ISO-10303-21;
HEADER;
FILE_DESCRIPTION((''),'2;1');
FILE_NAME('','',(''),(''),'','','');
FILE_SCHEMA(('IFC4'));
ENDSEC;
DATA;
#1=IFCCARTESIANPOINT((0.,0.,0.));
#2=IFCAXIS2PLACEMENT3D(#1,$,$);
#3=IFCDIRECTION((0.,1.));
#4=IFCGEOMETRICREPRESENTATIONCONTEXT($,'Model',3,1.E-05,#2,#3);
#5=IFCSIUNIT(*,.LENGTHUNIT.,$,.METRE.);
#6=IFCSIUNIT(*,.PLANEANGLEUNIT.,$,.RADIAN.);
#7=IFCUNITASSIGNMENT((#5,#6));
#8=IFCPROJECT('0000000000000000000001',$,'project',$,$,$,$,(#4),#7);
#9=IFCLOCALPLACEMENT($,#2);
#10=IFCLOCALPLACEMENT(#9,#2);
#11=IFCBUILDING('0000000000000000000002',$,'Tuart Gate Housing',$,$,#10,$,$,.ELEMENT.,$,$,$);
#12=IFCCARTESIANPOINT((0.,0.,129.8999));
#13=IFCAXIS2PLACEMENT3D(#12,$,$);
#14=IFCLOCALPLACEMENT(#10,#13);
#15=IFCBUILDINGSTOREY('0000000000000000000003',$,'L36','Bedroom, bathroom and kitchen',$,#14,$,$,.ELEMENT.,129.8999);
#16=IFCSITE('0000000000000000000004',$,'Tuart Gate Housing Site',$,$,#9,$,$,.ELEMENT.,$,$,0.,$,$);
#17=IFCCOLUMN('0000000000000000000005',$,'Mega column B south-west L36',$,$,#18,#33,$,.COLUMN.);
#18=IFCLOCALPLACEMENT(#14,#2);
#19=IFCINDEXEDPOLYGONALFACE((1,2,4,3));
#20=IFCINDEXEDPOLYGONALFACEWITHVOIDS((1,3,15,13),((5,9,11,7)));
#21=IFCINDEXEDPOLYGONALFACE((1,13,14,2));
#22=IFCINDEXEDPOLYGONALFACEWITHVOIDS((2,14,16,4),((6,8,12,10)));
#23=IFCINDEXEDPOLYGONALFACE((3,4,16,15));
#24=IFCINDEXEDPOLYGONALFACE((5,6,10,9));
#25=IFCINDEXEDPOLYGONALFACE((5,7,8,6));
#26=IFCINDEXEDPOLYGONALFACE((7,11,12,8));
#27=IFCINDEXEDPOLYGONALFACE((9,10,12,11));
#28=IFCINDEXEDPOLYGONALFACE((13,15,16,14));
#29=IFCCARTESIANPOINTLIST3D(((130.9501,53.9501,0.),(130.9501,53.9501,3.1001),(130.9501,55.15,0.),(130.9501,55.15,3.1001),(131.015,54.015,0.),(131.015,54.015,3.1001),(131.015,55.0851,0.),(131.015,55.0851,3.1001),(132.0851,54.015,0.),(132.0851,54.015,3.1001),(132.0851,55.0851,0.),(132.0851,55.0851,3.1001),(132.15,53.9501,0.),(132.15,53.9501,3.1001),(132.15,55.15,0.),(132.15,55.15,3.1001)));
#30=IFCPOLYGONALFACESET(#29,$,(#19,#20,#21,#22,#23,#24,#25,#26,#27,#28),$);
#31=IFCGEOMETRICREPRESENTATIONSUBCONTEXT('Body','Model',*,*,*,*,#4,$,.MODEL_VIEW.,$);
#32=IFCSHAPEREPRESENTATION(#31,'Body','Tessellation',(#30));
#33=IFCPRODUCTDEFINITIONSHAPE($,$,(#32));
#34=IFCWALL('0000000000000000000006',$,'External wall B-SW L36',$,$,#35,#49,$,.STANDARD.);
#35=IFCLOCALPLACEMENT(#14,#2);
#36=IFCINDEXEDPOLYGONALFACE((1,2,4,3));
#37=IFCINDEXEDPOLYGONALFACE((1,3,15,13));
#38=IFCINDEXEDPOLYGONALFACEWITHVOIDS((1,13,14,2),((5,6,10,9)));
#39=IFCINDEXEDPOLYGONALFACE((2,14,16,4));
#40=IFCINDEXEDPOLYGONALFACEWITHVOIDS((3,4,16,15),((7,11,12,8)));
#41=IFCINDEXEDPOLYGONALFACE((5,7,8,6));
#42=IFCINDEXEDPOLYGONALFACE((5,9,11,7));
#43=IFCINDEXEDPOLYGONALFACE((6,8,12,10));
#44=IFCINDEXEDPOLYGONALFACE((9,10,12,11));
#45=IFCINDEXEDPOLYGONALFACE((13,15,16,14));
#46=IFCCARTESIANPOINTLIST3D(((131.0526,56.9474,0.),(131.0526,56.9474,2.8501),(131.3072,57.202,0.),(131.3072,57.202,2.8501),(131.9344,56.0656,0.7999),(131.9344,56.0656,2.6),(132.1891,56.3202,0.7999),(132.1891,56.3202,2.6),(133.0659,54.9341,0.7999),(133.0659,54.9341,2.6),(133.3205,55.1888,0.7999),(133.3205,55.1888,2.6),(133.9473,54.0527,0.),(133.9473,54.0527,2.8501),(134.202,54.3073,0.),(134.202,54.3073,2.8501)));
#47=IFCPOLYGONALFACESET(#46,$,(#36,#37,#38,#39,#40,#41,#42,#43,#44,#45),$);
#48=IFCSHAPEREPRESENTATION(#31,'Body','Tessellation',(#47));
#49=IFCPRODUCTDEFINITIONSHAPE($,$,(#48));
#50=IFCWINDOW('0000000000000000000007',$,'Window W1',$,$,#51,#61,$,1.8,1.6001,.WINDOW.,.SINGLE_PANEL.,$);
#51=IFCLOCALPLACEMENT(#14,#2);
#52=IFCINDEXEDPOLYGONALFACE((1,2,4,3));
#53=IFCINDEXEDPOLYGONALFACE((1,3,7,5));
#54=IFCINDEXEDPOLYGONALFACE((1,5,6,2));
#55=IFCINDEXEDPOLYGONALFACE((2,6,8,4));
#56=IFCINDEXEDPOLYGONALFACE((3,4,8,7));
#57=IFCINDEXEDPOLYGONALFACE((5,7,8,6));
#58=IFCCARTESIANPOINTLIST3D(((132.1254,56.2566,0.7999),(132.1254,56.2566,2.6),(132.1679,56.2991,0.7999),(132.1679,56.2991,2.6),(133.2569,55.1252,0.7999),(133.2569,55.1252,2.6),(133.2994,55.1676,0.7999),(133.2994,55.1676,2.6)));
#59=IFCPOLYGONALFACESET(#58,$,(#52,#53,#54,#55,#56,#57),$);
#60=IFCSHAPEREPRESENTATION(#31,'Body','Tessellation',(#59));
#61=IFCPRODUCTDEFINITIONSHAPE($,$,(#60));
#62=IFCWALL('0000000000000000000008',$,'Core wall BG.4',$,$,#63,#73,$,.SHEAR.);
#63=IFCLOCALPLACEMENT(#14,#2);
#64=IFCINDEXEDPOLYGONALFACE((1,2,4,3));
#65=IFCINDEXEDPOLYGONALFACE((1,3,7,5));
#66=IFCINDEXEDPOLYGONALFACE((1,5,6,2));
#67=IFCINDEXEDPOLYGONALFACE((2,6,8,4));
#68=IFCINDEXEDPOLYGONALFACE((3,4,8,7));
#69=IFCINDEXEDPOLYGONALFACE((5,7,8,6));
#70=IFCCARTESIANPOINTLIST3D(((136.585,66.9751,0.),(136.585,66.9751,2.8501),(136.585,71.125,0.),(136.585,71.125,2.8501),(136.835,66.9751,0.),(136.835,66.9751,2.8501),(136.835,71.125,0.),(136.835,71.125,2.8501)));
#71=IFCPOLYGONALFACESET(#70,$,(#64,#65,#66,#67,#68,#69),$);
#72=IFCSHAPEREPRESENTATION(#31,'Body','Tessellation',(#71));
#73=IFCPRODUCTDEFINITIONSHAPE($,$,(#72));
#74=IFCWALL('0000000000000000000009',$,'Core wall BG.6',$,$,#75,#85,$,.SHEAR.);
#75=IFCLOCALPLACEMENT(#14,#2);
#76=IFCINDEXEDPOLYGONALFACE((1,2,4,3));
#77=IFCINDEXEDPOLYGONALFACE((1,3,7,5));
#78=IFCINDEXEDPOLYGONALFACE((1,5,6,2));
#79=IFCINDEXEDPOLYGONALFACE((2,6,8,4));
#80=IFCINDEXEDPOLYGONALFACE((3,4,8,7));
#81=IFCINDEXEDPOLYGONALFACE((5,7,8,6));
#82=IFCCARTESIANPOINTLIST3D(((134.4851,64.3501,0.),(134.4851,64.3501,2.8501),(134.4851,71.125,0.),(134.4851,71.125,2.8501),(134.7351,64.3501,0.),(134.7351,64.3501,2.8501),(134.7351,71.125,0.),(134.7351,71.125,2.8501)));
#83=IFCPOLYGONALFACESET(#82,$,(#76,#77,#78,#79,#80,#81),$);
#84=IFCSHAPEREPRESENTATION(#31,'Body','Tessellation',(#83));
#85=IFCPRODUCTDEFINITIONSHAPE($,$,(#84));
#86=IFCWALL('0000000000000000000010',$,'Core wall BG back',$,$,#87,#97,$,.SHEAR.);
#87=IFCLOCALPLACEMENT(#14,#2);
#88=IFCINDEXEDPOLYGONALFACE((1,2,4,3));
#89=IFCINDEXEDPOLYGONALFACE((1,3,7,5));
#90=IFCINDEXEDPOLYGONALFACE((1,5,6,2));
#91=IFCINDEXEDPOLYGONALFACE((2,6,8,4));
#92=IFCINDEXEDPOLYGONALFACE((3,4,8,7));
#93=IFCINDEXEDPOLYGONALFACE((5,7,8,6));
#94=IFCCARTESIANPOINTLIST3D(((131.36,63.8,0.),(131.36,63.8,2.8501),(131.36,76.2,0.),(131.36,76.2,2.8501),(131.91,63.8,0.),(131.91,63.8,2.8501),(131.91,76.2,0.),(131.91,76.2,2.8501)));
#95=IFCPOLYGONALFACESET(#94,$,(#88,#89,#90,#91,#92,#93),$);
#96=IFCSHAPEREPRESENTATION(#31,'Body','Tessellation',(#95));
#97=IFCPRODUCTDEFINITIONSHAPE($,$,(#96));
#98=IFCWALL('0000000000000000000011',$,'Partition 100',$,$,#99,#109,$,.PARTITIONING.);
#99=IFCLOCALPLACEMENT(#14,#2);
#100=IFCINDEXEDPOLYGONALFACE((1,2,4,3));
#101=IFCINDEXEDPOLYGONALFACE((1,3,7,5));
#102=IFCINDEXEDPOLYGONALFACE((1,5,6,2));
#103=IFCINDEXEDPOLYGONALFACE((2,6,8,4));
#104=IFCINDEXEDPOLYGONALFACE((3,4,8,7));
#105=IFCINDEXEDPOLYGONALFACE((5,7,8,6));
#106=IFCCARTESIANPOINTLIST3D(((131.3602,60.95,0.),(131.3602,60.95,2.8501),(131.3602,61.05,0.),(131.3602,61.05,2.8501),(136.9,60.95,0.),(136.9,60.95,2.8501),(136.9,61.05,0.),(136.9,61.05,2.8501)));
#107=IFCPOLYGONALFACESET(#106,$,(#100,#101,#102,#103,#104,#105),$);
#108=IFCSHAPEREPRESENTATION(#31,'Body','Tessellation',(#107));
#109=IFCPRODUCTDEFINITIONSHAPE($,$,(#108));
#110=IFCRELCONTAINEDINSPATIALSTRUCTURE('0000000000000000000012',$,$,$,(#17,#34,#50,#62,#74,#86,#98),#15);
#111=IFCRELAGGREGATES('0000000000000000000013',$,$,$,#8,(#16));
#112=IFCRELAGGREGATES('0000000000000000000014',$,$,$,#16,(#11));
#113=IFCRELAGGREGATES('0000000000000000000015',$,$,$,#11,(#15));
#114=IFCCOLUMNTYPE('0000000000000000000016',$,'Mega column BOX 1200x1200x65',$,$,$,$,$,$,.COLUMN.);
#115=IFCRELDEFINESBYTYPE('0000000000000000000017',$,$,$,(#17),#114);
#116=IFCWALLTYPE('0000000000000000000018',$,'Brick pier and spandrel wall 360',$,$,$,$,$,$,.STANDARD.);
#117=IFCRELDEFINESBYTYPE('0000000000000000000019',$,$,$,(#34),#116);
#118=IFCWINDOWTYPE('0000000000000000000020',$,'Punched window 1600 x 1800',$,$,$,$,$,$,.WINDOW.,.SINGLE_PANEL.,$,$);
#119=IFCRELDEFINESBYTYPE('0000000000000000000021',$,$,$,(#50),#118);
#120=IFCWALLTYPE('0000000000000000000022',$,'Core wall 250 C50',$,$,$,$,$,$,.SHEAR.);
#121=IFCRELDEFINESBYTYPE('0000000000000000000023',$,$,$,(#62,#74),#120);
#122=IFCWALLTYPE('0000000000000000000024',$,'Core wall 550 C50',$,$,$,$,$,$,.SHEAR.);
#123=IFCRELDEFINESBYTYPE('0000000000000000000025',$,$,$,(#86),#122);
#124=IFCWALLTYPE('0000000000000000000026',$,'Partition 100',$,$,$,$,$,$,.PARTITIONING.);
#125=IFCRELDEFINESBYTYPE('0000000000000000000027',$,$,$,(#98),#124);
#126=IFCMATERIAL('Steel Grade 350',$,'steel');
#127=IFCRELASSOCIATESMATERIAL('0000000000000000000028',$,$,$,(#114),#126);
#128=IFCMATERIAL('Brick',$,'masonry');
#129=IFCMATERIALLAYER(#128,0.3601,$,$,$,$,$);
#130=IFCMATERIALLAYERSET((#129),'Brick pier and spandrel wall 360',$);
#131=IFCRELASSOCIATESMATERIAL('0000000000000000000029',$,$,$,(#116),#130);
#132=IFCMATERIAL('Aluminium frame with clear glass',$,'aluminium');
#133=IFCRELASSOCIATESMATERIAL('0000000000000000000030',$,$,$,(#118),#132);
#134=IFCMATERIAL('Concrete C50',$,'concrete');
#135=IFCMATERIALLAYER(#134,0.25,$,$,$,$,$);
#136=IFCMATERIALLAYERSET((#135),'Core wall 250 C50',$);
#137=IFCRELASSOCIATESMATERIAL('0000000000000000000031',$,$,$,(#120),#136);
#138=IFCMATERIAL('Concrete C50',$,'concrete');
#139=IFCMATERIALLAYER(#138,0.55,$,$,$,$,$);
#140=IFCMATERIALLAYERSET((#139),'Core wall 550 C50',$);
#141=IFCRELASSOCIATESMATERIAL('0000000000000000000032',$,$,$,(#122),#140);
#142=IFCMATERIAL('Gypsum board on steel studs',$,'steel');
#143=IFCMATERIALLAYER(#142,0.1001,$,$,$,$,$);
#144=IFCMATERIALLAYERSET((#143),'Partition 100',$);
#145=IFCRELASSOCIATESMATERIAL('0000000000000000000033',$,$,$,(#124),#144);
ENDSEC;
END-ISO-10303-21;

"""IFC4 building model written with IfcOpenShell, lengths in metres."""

from ifc_helpers import new_model, si_unit, direction, frame, frame_2d, origin, origin_2d, place, context, subcontext, project, spatial, rectangle, hollow_rectangle, extrude, material, layer, layer_set, material_profile, profile_set, type_object, element, fill, save


model = new_model("IFC4")

# Units and contexts
model_context = context("Model", 3, precision=1e-05, world=origin(), true_north=direction((0.0, 1.0)))
body_context = subcontext(model_context, "Body", "Model", "MODEL_VIEW")
ifc_project = project(units=[si_unit("LENGTHUNIT", "METRE"), si_unit("PLANEANGLEUNIT", "RADIAN")], contexts=[model_context])

# Site, building, storey
site_placement = place(None, origin())
site = spatial("IfcSite", under=ifc_project, at=site_placement, Name="Tuart Gate Housing Site", CompositionType="ELEMENT", RefElevation=0.0)
building_placement = place(site_placement, origin())
building = spatial("IfcBuilding", under=site, at=building_placement, Name="Tuart Gate Housing", CompositionType="ELEMENT")
storey_placement = place(building_placement, frame((0.0, 0.0, 129.8999)))
storey = spatial("IfcBuildingStorey", under=building, at=storey_placement, Name="L36", Description="Bedroom, bathroom and kitchen", CompositionType="ELEMENT", Elevation=129.8999)

# Column
ifc_material_1 = material(Name="Steel Grade 350", Category="steel")
ifc_material_profile = material_profile(ifc_material_1, hollow_rectangle(XDim=1.2, YDim=1.2, WallThickness=0.0649, at=origin_2d()), Name="BOX 1200x1200x65")
ifc_profile_set = profile_set([ifc_material_profile], Name="Steel Grade 350")
column_type = type_object("IfcColumnType", Name="Mega column BOX 1200x1200x65", PredefinedType="COLUMN", material=ifc_profile_set)
column_placement = place(storey_placement, frame((131.55, 54.55, 0.0), z_axis=(0.0, 0.0, 1.0), x_axis=(1.0, 0.0, 0.0)))
element("IfcColumn", 1, at=column_placement, inside=storey, type_object=column_type, Name="Mega column B south-west L36", PredefinedType="COLUMN", context=body_context, shape_type="SweptSolid", body=[
    extrude(hollow_rectangle(XDim=1.2, YDim=1.2, WallThickness=0.0649, at=origin_2d()), origin(), (0.0, 0.0, 1.0), 3.1001),
])

# Wall, opening, window
ifc_material_2 = material(Name="Brick", Category="masonry")
ifc_layer_1 = layer(ifc_material_2, 0.3601)
ifc_layer_set_1 = layer_set([ifc_layer_1], Name="Brick pier and spandrel wall 360")
wall_type_1 = type_object("IfcWallType", Name="Brick pier and spandrel wall 360", PredefinedType="STANDARD", material=ifc_layer_set_1)
wall_1_placement = place(storey_placement, frame((131.1799, 57.0747, 0.0), z_axis=(0.0, 0.0, 1.0), x_axis=(0.707107, -0.707107, 0.0)))
wall_1 = element("IfcWall", 2, at=wall_1_placement, inside=storey, type_object=wall_type_1, Name="External wall B-SW L36", PredefinedType="STANDARD", context=body_context, shape_type="SweptSolid", body=[
    extrude(rectangle(XDim=4.0938, YDim=0.3601, at=frame_2d((2.0469, 0.0))), origin(), (0.0, 0.0, 1.0), 2.8501),
])
opening_1_placement = place(wall_1_placement, frame((1.2471, 0.0, 0.8)))
opening_1 = element("IfcOpeningElement", 3, at=opening_1_placement, cuts=wall_1, PredefinedType="OPENING", context=body_context, shape_type="SweptSolid", body=[
    extrude(rectangle(XDim=1.6001, YDim=1.8, at=frame_2d((0.8, 0.8999))), frame((0.0, 0.1899, 0.0), z_axis=(0.0, -1.0, 0.0), x_axis=(1.0, 0.0, 0.0)), (0.0, 0.0, 1.0), 0.3801),
])
ifc_material_3 = material(Name="Aluminium frame with clear glass", Category="aluminium")
window_type_1 = type_object("IfcWindowType", Name="Punched window 1600 x 1800", PartitioningType="SINGLE_PANEL", PredefinedType="WINDOW", material=ifc_material_3)
window_1_placement = place(opening_1_placement, origin())
window_1 = element("IfcWindow", 4, at=window_1_placement, inside=storey, type_object=window_type_1, Name="Window W1", OverallHeight=1.8, OverallWidth=1.6001, PartitioningType="SINGLE_PANEL", PredefinedType="WINDOW", context=body_context, shape_type="SweptSolid", body=[
    extrude(rectangle(XDim=1.6001, YDim=1.8, at=frame_2d((0.8, 0.8999))), frame((0.0, 0.1501, 0.0), z_axis=(0.0, -1.0, 0.0), x_axis=(1.0, 0.0, 0.0)), (0.0, 0.0, 1.0), 0.0601),
])
fill(opening_1, window_1)

# Walls
ifc_material_4 = material(Name="Concrete C50", Category="concrete")
ifc_layer_2 = layer(ifc_material_4, 0.25)
ifc_layer_set_2 = layer_set([ifc_layer_2], Name="Core wall 250 C50")
wall_type_2 = type_object("IfcWallType", Name="Core wall 250 C50", PredefinedType="SHEAR", material=ifc_layer_set_2)
wall_2_placement = place(storey_placement, frame((136.71, 66.9751, 0.0), z_axis=(0.0, 0.0, 1.0), x_axis=(0.0, 1.0, 0.0)))
element("IfcWall", 5, at=wall_2_placement, inside=storey, type_object=wall_type_2, Name="Core wall BG.4", PredefinedType="SHEAR", context=body_context, shape_type="SweptSolid", body=[
    extrude(rectangle(XDim=4.1499, YDim=0.25, at=frame_2d((2.075, 0.0))), origin(), (0.0, 0.0, 1.0), 2.8501),
])
wall_3_placement = place(storey_placement, frame((134.6101, 64.3501, 0.0), z_axis=(0.0, 0.0, 1.0), x_axis=(0.0, 1.0, 0.0)))
element("IfcWall", 6, at=wall_3_placement, inside=storey, type_object=wall_type_2, Name="Core wall BG.6", PredefinedType="SHEAR", context=body_context, shape_type="SweptSolid", body=[
    extrude(rectangle(XDim=6.7749, YDim=0.25, at=frame_2d((3.3875, 0.0))), origin(), (0.0, 0.0, 1.0), 2.8501),
])
ifc_material_5 = material(Name="Concrete C50", Category="concrete")
ifc_layer_3 = layer(ifc_material_5, 0.55)
ifc_layer_set_3 = layer_set([ifc_layer_3], Name="Core wall 550 C50")
wall_type_3 = type_object("IfcWallType", Name="Core wall 550 C50", PredefinedType="SHEAR", material=ifc_layer_set_3)
wall_4_placement = place(storey_placement, frame((131.635, 63.8, 0.0), z_axis=(0.0, 0.0, 1.0), x_axis=(0.0, 1.0, 0.0)))
element("IfcWall", 7, at=wall_4_placement, inside=storey, type_object=wall_type_3, Name="Core wall BG back", PredefinedType="SHEAR", context=body_context, shape_type="SweptSolid", body=[
    extrude(rectangle(XDim=12.3999, YDim=0.55, at=frame_2d((6.2, 0.0))), origin(), (0.0, 0.0, 1.0), 2.8501),
])
ifc_material_6 = material(Name="Gypsum board on steel studs", Category="steel")
ifc_layer_4 = layer(ifc_material_6, 0.1001)
ifc_layer_set_4 = layer_set([ifc_layer_4], Name="Partition 100")
wall_type_4 = type_object("IfcWallType", Name="Partition 100", PredefinedType="PARTITIONING", material=ifc_layer_set_4)
wall_5_placement = place(storey_placement, frame((131.3601, 61.0, 0.0), z_axis=(0.0, 0.0, 1.0), x_axis=(1.0, 0.0, 0.0)))
element("IfcWall", 8, at=wall_5_placement, inside=storey, type_object=wall_type_4, Name="Partition 100", PredefinedType="PARTITIONING", context=body_context, shape_type="SweptSolid", body=[
    extrude(rectangle(XDim=5.5398, YDim=0.1001, at=frame_2d((2.77, 0.0))), origin(), (0.0, 0.0, 1.0), 2.8501),
])

save(model, "model.ifc")
